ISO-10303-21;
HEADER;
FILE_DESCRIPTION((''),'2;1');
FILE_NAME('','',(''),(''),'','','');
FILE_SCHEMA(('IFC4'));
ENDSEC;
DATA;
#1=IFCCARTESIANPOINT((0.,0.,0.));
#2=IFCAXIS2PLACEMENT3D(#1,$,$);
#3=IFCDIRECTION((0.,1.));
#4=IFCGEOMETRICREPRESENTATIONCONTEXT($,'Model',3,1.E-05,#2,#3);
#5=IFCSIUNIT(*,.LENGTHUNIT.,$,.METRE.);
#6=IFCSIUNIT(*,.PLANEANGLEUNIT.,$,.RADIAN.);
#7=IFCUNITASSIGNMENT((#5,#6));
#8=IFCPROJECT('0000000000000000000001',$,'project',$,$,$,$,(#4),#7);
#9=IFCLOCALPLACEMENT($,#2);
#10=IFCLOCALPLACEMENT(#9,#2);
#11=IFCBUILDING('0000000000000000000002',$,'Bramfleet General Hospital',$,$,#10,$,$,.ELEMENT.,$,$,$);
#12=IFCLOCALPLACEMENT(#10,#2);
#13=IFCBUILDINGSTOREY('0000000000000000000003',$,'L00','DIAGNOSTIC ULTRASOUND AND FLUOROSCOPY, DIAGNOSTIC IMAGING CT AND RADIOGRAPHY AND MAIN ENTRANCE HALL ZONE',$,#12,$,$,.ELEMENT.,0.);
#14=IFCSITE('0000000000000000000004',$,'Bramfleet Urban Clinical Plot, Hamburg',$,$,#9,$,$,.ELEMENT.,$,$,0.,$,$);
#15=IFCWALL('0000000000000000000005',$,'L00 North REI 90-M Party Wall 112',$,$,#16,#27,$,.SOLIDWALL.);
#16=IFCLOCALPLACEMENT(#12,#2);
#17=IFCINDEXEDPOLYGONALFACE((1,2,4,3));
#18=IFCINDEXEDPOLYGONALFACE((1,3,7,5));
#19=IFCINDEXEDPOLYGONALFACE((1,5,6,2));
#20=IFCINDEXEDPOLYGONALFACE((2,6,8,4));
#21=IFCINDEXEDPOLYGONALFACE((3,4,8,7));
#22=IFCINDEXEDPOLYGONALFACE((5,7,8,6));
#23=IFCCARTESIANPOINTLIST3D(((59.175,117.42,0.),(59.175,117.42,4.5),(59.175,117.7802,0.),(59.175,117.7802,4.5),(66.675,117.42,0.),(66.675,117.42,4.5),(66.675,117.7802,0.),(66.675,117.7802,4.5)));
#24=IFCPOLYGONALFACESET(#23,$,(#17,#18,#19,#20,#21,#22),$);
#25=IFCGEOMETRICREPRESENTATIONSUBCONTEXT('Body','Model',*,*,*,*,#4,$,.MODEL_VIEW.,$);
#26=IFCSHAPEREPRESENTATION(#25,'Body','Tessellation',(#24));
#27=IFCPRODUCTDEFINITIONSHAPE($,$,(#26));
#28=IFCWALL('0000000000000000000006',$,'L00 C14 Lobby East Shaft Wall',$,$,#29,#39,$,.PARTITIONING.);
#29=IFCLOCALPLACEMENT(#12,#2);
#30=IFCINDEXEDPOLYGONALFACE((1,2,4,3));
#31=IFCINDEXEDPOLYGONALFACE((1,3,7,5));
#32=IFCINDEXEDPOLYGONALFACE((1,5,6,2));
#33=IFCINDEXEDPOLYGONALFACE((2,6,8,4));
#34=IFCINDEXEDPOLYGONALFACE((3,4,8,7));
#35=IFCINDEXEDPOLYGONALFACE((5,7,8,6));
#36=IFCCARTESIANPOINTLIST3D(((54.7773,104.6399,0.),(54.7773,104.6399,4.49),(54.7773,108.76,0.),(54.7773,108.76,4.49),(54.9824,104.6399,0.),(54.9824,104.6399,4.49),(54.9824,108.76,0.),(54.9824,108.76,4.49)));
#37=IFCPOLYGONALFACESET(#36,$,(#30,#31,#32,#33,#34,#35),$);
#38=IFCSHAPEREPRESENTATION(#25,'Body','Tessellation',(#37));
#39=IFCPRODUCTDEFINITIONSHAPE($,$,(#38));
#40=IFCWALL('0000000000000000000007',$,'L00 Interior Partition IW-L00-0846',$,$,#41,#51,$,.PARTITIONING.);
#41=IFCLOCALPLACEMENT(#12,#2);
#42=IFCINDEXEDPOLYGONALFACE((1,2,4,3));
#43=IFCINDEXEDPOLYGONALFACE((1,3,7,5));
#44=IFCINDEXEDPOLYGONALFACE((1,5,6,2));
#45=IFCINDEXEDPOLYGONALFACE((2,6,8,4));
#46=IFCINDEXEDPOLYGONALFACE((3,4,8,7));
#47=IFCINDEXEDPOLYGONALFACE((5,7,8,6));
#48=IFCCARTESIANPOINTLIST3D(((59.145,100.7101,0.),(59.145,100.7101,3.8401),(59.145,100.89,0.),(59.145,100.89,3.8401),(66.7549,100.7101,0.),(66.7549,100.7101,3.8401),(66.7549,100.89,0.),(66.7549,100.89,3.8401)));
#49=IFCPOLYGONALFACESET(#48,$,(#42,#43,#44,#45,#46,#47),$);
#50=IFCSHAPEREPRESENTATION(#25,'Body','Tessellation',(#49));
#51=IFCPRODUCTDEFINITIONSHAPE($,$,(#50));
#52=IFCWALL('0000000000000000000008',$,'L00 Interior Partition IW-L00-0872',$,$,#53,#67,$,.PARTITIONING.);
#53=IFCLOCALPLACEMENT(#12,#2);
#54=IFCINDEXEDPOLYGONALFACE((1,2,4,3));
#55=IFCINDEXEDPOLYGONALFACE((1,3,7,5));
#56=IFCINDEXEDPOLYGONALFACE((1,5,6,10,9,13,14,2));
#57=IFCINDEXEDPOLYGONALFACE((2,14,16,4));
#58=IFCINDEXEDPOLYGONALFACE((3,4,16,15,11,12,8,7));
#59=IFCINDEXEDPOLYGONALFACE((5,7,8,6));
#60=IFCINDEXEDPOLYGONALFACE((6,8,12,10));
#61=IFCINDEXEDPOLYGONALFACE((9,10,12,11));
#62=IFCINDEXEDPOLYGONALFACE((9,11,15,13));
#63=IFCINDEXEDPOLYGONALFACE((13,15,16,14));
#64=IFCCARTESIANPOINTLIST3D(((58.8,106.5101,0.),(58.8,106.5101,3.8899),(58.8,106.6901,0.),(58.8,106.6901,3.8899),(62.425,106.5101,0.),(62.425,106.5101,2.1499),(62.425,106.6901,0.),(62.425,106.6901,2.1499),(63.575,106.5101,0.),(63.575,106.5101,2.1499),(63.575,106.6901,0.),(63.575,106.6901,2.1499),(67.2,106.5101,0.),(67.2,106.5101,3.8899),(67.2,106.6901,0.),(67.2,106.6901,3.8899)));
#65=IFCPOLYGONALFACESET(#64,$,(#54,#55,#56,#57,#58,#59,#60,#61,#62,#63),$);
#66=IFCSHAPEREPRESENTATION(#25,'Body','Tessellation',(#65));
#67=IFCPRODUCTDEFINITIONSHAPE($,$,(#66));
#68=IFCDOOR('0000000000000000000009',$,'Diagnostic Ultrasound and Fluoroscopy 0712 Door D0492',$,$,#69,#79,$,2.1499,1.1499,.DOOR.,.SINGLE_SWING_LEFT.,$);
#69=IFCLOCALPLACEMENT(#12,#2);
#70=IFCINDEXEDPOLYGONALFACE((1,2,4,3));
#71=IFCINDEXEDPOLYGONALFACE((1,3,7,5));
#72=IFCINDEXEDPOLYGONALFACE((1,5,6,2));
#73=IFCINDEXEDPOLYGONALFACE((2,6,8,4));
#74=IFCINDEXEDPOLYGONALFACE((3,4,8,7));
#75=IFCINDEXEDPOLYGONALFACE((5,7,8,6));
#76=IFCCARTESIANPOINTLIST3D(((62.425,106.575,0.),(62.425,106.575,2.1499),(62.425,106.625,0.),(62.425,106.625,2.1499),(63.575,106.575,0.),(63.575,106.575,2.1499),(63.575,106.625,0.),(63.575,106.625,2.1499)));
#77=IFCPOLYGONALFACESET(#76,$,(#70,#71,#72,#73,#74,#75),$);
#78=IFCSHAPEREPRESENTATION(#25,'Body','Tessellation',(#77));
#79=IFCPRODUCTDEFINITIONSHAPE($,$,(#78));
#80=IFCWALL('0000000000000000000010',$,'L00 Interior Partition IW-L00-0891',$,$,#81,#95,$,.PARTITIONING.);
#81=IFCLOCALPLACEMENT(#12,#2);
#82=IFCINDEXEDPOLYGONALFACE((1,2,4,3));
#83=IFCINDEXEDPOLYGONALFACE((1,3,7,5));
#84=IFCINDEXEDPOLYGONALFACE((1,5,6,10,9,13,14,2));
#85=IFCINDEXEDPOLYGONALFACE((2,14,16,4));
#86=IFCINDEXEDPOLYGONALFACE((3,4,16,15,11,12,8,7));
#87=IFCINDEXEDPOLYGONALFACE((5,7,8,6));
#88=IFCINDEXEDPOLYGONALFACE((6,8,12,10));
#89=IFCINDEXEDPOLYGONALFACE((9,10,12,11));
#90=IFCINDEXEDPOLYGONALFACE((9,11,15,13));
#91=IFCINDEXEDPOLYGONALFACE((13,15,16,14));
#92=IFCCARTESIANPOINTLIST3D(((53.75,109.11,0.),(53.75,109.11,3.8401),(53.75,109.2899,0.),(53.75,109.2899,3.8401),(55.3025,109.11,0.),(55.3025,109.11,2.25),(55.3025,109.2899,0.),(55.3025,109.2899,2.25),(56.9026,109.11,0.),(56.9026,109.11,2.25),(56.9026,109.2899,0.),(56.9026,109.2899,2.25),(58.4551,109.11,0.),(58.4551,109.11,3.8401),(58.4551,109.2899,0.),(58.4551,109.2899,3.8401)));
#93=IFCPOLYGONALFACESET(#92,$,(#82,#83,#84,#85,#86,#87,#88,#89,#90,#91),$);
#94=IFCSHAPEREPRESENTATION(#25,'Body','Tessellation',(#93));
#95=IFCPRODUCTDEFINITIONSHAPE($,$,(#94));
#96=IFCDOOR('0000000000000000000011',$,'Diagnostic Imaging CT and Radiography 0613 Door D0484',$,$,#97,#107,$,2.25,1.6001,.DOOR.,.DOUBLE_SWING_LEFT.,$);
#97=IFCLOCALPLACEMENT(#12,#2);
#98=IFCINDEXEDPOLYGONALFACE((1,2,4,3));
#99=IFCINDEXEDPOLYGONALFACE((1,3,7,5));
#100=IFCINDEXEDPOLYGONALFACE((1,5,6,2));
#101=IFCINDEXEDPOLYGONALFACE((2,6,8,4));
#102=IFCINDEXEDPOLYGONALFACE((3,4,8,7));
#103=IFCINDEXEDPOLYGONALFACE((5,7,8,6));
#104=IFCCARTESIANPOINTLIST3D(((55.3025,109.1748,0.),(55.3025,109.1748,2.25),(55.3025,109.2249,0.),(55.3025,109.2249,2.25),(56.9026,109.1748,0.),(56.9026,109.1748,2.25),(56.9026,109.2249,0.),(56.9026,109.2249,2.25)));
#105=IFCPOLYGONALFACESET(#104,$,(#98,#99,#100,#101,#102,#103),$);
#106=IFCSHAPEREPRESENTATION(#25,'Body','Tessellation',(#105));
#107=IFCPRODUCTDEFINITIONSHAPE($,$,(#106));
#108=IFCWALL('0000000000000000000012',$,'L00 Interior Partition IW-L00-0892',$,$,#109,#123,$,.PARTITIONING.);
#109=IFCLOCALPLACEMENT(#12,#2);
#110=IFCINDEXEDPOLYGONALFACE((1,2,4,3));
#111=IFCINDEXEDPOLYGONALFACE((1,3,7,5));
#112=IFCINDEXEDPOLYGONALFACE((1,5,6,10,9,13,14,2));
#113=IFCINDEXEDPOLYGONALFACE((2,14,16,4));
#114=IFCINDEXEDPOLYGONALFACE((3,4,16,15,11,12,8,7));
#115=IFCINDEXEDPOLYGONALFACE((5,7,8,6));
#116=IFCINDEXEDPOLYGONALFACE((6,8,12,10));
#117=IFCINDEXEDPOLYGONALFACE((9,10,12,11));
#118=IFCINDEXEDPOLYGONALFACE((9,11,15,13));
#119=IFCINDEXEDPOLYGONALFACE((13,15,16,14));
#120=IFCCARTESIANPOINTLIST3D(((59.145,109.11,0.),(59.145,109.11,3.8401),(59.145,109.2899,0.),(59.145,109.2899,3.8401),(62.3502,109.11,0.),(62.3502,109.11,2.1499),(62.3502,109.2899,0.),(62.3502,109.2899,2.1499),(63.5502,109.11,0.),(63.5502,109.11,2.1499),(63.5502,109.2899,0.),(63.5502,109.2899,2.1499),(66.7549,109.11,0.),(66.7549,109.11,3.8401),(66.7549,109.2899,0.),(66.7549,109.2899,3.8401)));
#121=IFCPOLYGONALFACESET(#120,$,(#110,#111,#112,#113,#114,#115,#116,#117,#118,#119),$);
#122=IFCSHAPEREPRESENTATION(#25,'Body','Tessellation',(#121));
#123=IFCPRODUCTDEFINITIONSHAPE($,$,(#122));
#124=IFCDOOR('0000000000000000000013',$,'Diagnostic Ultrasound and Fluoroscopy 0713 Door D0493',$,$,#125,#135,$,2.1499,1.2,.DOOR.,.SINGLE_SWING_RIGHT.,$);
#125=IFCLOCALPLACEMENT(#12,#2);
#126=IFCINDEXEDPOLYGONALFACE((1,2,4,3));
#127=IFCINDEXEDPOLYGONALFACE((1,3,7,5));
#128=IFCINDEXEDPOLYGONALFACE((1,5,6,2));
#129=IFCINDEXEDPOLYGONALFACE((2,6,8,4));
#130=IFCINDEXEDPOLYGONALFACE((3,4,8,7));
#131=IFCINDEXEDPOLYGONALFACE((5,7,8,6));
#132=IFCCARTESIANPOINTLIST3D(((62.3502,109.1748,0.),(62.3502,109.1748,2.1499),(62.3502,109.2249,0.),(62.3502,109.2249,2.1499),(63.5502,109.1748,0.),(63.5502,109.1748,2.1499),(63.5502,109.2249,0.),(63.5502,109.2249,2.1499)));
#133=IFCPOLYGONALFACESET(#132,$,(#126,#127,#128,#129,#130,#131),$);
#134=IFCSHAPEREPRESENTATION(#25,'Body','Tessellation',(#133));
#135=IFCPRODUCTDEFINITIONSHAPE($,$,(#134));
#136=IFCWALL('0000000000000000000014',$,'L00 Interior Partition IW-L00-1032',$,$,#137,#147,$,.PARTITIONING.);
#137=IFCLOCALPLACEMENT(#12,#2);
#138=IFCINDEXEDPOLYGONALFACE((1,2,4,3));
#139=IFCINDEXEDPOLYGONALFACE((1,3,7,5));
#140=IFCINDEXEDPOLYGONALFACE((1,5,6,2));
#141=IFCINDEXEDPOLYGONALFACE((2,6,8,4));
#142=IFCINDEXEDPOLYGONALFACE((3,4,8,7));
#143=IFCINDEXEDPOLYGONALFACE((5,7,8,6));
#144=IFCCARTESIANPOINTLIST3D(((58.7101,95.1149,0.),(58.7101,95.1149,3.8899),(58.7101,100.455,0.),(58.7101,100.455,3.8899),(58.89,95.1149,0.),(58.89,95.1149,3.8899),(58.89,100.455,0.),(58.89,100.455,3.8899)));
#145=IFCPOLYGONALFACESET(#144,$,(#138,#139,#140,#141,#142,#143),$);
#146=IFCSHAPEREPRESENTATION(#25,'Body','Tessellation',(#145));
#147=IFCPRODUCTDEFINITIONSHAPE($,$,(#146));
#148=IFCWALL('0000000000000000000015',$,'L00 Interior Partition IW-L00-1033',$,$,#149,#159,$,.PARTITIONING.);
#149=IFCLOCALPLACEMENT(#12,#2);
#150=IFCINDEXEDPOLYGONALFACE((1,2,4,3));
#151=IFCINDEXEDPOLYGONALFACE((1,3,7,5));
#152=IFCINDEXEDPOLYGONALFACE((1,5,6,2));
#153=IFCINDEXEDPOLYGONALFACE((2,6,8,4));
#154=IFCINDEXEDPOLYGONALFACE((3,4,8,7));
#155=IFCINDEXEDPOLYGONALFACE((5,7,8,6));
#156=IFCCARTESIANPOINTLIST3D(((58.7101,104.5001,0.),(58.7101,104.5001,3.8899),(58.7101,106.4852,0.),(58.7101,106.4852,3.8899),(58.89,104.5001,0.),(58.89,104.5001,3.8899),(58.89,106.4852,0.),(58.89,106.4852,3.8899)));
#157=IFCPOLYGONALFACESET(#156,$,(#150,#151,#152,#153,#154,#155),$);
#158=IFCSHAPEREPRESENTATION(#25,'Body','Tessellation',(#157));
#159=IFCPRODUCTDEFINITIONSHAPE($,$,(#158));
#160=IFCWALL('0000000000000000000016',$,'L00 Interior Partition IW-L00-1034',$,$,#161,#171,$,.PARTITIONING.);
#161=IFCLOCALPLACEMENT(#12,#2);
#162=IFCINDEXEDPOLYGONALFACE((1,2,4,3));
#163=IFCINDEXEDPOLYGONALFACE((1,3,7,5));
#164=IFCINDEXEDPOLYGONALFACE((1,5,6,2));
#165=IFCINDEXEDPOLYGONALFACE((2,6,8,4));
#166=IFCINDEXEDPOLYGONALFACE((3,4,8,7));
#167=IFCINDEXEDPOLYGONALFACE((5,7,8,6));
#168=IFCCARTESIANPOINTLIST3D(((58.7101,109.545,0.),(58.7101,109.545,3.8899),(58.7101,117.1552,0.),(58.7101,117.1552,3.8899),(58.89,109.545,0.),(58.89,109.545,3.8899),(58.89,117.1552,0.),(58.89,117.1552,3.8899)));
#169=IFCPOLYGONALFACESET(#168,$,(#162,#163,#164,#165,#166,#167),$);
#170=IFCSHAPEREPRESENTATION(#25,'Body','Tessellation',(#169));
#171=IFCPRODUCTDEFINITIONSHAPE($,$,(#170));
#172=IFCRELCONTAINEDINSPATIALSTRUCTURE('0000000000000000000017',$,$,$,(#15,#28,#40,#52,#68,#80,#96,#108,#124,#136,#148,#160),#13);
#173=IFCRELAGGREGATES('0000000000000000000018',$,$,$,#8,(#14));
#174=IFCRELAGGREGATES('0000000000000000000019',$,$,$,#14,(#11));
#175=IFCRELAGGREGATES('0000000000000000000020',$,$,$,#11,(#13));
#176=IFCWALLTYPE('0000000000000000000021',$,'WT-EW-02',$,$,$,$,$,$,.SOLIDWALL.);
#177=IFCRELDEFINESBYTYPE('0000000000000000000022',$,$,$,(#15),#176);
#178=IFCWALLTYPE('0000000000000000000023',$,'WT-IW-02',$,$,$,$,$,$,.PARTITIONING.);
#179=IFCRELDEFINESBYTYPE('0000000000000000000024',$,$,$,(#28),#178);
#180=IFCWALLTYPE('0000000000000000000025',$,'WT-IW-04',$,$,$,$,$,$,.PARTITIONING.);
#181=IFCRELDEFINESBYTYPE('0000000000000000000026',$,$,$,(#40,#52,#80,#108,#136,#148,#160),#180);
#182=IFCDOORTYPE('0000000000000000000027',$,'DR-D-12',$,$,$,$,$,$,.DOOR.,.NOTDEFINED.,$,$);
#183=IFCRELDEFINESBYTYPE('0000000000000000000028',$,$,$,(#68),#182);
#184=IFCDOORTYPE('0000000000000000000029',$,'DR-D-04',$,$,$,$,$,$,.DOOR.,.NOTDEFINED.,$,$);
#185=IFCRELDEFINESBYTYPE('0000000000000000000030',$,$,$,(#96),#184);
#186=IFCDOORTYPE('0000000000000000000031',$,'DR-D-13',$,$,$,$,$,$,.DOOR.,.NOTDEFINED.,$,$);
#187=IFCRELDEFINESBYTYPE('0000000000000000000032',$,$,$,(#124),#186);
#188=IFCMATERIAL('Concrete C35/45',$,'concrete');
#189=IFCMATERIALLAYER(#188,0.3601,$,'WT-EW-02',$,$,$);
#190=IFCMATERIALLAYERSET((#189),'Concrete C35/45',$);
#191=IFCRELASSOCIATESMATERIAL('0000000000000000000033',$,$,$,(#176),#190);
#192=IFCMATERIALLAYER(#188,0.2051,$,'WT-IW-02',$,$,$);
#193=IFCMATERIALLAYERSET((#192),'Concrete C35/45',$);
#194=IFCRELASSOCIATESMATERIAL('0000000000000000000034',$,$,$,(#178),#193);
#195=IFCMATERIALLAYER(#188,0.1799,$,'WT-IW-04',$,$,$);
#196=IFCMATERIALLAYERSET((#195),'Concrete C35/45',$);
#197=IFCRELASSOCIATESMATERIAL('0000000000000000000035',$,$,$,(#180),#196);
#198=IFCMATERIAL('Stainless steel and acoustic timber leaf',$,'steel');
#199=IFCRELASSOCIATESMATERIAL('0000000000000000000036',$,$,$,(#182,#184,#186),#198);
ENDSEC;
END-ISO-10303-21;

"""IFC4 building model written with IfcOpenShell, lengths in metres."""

from ifc_helpers import new_model, si_unit, direction, frame, frame_2d, origin, place, context, subcontext, project, spatial, rectangle, extrude, material, layer, layer_set, type_object, element, fill, save


model = new_model("IFC4")

# Units and contexts
model_context = context("Model", 3, precision=1e-05, world=origin(), true_north=direction((0.0, 1.0)))
body_context = subcontext(model_context, "Body", "Model", "MODEL_VIEW")
ifc_project = project(units=[si_unit("LENGTHUNIT", "METRE"), si_unit("PLANEANGLEUNIT", "RADIAN")], contexts=[model_context])

# Site, building, storey
site_placement = place(None, origin())
site = spatial("IfcSite", under=ifc_project, at=site_placement, Name="Bramfleet Urban Clinical Plot, Hamburg", CompositionType="ELEMENT", RefElevation=0.0)
building_placement = place(site_placement, origin())
building = spatial("IfcBuilding", under=site, at=building_placement, Name="Bramfleet General Hospital", CompositionType="ELEMENT")
storey_placement = place(building_placement, origin())
storey = spatial("IfcBuildingStorey", under=building, at=storey_placement, Name="L00", Description="DIAGNOSTIC ULTRASOUND AND FLUOROSCOPY, DIAGNOSTIC IMAGING CT AND RADIOGRAPHY AND MAIN ENTRANCE HALL ZONE", CompositionType="ELEMENT", Elevation=0.0)

# Shared definitions
ifc_material_1 = material(Name="Concrete C35/45", Category="concrete")

# Walls
ifc_layer_1 = layer(ifc_material_1, 0.3601, Name="WT-EW-02")
ifc_layer_set_1 = layer_set([ifc_layer_1], Name="Concrete C35/45")
wall_type_1 = type_object("IfcWallType", Name="WT-EW-02", PredefinedType="SOLIDWALL", material=ifc_layer_set_1)
wall_1_placement = place(storey_placement, frame((59.175, 117.6001, 0.0), z_axis=(0.0, 0.0, 1.0), x_axis=(1.0, 0.0, 0.0)))
element("IfcWall", 1, at=wall_1_placement, inside=storey, type_object=wall_type_1, Name="L00 North REI 90-M Party Wall 112", PredefinedType="SOLIDWALL", context=body_context, shape_type="SweptSolid", body=[
    extrude(rectangle(XDim=7.5, YDim=0.3601, at=frame_2d((3.75, 0.0))), origin(), (0.0, 0.0, 1.0), 4.5),
])
ifc_layer_2 = layer(ifc_material_1, 0.2051, Name="WT-IW-02")
ifc_layer_set_2 = layer_set([ifc_layer_2], Name="Concrete C35/45")
wall_type_2 = type_object("IfcWallType", Name="WT-IW-02", PredefinedType="PARTITIONING", material=ifc_layer_set_2)
wall_2_placement = place(storey_placement, frame((54.8799, 104.6399, 0.0), z_axis=(0.0, 0.0, 1.0), x_axis=(0.0, 1.0, 0.0)))
element("IfcWall", 2, at=wall_2_placement, inside=storey, type_object=wall_type_2, Name="L00 C14 Lobby East Shaft Wall", PredefinedType="PARTITIONING", context=body_context, shape_type="SweptSolid", body=[
    extrude(rectangle(XDim=4.1201, YDim=0.2051, at=frame_2d((2.0601, 0.0))), origin(), (0.0, 0.0, 1.0), 4.49),
])
ifc_layer_3 = layer(ifc_material_1, 0.1799, Name="WT-IW-04")
ifc_layer_set_3 = layer_set([ifc_layer_3], Name="Concrete C35/45")
wall_type_3 = type_object("IfcWallType", Name="WT-IW-04", PredefinedType="PARTITIONING", material=ifc_layer_set_3)
wall_3_placement = place(storey_placement, frame((59.145, 100.8, 0.0), z_axis=(0.0, 0.0, 1.0), x_axis=(1.0, 0.0, 0.0)))
element("IfcWall", 3, at=wall_3_placement, inside=storey, type_object=wall_type_3, Name="L00 Interior Partition IW-L00-0846", PredefinedType="PARTITIONING", context=body_context, shape_type="SweptSolid", body=[
    extrude(rectangle(XDim=7.6099, YDim=0.1799, at=frame_2d((3.8049, 0.0))), origin(), (0.0, 0.0, 1.0), 3.8401),
])

# Walls, openings, doors
wall_4_placement = place(storey_placement, frame((58.8, 106.6001, 0.0), z_axis=(0.0, 0.0, 1.0), x_axis=(1.0, 0.0, 0.0)))
wall_4 = element("IfcWall", 4, at=wall_4_placement, inside=storey, type_object=wall_type_3, Name="L00 Interior Partition IW-L00-0872", PredefinedType="PARTITIONING", context=body_context, shape_type="SweptSolid", body=[
    extrude(rectangle(XDim=8.3999, YDim=0.1799, at=frame_2d((4.2, 0.0))), origin(), (0.0, 0.0, 1.0), 3.8899),
])
opening_1_placement = place(wall_4_placement, frame((3.625, 0.0, 0.0)))
opening_1 = element("IfcOpeningElement", 5, at=opening_1_placement, cuts=wall_4, PredefinedType="OPENING", context=body_context, shape_type="SweptSolid", body=[
    extrude(rectangle(XDim=1.1499, YDim=2.1499, at=frame_2d((0.575, 1.075))), frame((0.0, 0.0999, 0.0), z_axis=(0.0, -1.0, 0.0), x_axis=(1.0, 0.0, 0.0)), (0.0, 0.0, 1.0), 0.2),
])
ifc_material_2 = material(Name="Stainless steel and acoustic timber leaf", Category="steel")
door_type_1 = type_object("IfcDoorType", Name="DR-D-12", OperationType="NOTDEFINED", PredefinedType="DOOR", material=ifc_material_2)
door_1_placement = place(opening_1_placement, origin())
door_1 = element("IfcDoor", 6, at=door_1_placement, inside=storey, type_object=door_type_1, Name="Diagnostic Ultrasound and Fluoroscopy 0712 Door D0492", OperationType="SINGLE_SWING_LEFT", OverallHeight=2.1499, OverallWidth=1.1499, PredefinedType="DOOR", context=body_context, shape_type="SweptSolid", body=[
    extrude(rectangle(XDim=1.1499, YDim=2.1499, at=frame_2d((0.575, 1.075))), frame((0.0, 0.0249, 0.0), z_axis=(0.0, -1.0, 0.0), x_axis=(1.0, 0.0, 0.0)), (0.0, 0.0, 1.0), 0.05),
])
fill(opening_1, door_1)
wall_5_placement = place(storey_placement, frame((53.75, 109.2, 0.0), z_axis=(0.0, 0.0, 1.0), x_axis=(1.0, 0.0, 0.0)))
wall_5 = element("IfcWall", 7, at=wall_5_placement, inside=storey, type_object=wall_type_3, Name="L00 Interior Partition IW-L00-0891", PredefinedType="PARTITIONING", context=body_context, shape_type="SweptSolid", body=[
    extrude(rectangle(XDim=4.7051, YDim=0.1799, at=frame_2d((2.3525, 0.0))), origin(), (0.0, 0.0, 1.0), 3.8401),
])
opening_2_placement = place(wall_5_placement, frame((1.5525, 0.0, 0.0)))
opening_2 = element("IfcOpeningElement", 8, at=opening_2_placement, cuts=wall_5, PredefinedType="OPENING", context=body_context, shape_type="SweptSolid", body=[
    extrude(rectangle(XDim=1.6001, YDim=2.25, at=frame_2d((0.8, 1.125))), frame((0.0, 0.0999, 0.0), z_axis=(0.0, -1.0, 0.0), x_axis=(1.0, 0.0, 0.0)), (0.0, 0.0, 1.0), 0.2),
])
door_type_2 = type_object("IfcDoorType", Name="DR-D-04", OperationType="NOTDEFINED", PredefinedType="DOOR", material=ifc_material_2)
door_2_placement = place(opening_2_placement, origin())
door_2 = element("IfcDoor", 9, at=door_2_placement, inside=storey, type_object=door_type_2, Name="Diagnostic Imaging CT and Radiography 0613 Door D0484", OperationType="DOUBLE_SWING_LEFT", OverallHeight=2.25, OverallWidth=1.6001, PredefinedType="DOOR", context=body_context, shape_type="SweptSolid", body=[
    extrude(rectangle(XDim=1.6001, YDim=2.25, at=frame_2d((0.8, 1.125))), frame((0.0, 0.0249, 0.0), z_axis=(0.0, -1.0, 0.0), x_axis=(1.0, 0.0, 0.0)), (0.0, 0.0, 1.0), 0.05),
])
fill(opening_2, door_2)
wall_6_placement = place(storey_placement, frame((59.145, 109.2, 0.0), z_axis=(0.0, 0.0, 1.0), x_axis=(1.0, 0.0, 0.0)))
wall_6 = element("IfcWall", 10, at=wall_6_placement, inside=storey, type_object=wall_type_3, Name="L00 Interior Partition IW-L00-0892", PredefinedType="PARTITIONING", context=body_context, shape_type="SweptSolid", body=[
    extrude(rectangle(XDim=7.6099, YDim=0.1799, at=frame_2d((3.8049, 0.0))), origin(), (0.0, 0.0, 1.0), 3.8401),
])
opening_3_placement = place(wall_6_placement, frame((3.2051, 0.0, 0.0)))
opening_3 = element("IfcOpeningElement", 11, at=opening_3_placement, cuts=wall_6, PredefinedType="OPENING", context=body_context, shape_type="SweptSolid", body=[
    extrude(rectangle(XDim=1.2, YDim=2.1499, at=frame_2d((0.6001, 1.075))), frame((0.0, 0.0999, 0.0), z_axis=(0.0, -1.0, 0.0), x_axis=(1.0, 0.0, 0.0)), (0.0, 0.0, 1.0), 0.2),
])
door_type_3 = type_object("IfcDoorType", Name="DR-D-13", OperationType="NOTDEFINED", PredefinedType="DOOR", material=ifc_material_2)
door_3_placement = place(opening_3_placement, origin())
door_3 = element("IfcDoor", 12, at=door_3_placement, inside=storey, type_object=door_type_3, Name="Diagnostic Ultrasound and Fluoroscopy 0713 Door D0493", OperationType="SINGLE_SWING_RIGHT", OverallHeight=2.1499, OverallWidth=1.2, PredefinedType="DOOR", context=body_context, shape_type="SweptSolid", body=[
    extrude(rectangle(XDim=1.2, YDim=2.1499, at=frame_2d((0.6001, 1.075))), frame((0.0, 0.0249, 0.0), z_axis=(0.0, -1.0, 0.0), x_axis=(1.0, 0.0, 0.0)), (0.0, 0.0, 1.0), 0.05),
])
fill(opening_3, door_3)

# Walls
wall_7_placement = place(storey_placement, frame((58.8, 95.115, 0.0), z_axis=(0.0, 0.0, 1.0), x_axis=(0.0, 1.0, 0.0)))
element("IfcWall", 13, at=wall_7_placement, inside=storey, type_object=wall_type_3, Name="L00 Interior Partition IW-L00-1032", PredefinedType="PARTITIONING", context=body_context, shape_type="SweptSolid", body=[
    extrude(rectangle(XDim=5.3401, YDim=0.1799, at=frame_2d((2.6699, 0.0))), origin(), (0.0, 0.0, 1.0), 3.8899),
])
wall_8_placement = place(storey_placement, frame((58.8, 104.5, 0.0), z_axis=(0.0, 0.0, 1.0), x_axis=(0.0, 1.0, 0.0)))
element("IfcWall", 14, at=wall_8_placement, inside=storey, type_object=wall_type_3, Name="L00 Interior Partition IW-L00-1033", PredefinedType="PARTITIONING", context=body_context, shape_type="SweptSolid", body=[
    extrude(rectangle(XDim=1.9851, YDim=0.1799, at=frame_2d((0.9927, 0.0))), origin(), (0.0, 0.0, 1.0), 3.8899),
])
wall_9_placement = place(storey_placement, frame((58.8, 109.5449, 0.0), z_axis=(0.0, 0.0, 1.0), x_axis=(0.0, 1.0, 0.0)))
element("IfcWall", 15, at=wall_9_placement, inside=storey, type_object=wall_type_3, Name="L00 Interior Partition IW-L00-1034", PredefinedType="PARTITIONING", context=body_context, shape_type="SweptSolid", body=[
    extrude(rectangle(XDim=7.6101, YDim=0.1799, at=frame_2d((3.8052, 0.0))), origin(), (0.0, 0.0, 1.0), 3.8899),
])

save(model, "model.ifc")
